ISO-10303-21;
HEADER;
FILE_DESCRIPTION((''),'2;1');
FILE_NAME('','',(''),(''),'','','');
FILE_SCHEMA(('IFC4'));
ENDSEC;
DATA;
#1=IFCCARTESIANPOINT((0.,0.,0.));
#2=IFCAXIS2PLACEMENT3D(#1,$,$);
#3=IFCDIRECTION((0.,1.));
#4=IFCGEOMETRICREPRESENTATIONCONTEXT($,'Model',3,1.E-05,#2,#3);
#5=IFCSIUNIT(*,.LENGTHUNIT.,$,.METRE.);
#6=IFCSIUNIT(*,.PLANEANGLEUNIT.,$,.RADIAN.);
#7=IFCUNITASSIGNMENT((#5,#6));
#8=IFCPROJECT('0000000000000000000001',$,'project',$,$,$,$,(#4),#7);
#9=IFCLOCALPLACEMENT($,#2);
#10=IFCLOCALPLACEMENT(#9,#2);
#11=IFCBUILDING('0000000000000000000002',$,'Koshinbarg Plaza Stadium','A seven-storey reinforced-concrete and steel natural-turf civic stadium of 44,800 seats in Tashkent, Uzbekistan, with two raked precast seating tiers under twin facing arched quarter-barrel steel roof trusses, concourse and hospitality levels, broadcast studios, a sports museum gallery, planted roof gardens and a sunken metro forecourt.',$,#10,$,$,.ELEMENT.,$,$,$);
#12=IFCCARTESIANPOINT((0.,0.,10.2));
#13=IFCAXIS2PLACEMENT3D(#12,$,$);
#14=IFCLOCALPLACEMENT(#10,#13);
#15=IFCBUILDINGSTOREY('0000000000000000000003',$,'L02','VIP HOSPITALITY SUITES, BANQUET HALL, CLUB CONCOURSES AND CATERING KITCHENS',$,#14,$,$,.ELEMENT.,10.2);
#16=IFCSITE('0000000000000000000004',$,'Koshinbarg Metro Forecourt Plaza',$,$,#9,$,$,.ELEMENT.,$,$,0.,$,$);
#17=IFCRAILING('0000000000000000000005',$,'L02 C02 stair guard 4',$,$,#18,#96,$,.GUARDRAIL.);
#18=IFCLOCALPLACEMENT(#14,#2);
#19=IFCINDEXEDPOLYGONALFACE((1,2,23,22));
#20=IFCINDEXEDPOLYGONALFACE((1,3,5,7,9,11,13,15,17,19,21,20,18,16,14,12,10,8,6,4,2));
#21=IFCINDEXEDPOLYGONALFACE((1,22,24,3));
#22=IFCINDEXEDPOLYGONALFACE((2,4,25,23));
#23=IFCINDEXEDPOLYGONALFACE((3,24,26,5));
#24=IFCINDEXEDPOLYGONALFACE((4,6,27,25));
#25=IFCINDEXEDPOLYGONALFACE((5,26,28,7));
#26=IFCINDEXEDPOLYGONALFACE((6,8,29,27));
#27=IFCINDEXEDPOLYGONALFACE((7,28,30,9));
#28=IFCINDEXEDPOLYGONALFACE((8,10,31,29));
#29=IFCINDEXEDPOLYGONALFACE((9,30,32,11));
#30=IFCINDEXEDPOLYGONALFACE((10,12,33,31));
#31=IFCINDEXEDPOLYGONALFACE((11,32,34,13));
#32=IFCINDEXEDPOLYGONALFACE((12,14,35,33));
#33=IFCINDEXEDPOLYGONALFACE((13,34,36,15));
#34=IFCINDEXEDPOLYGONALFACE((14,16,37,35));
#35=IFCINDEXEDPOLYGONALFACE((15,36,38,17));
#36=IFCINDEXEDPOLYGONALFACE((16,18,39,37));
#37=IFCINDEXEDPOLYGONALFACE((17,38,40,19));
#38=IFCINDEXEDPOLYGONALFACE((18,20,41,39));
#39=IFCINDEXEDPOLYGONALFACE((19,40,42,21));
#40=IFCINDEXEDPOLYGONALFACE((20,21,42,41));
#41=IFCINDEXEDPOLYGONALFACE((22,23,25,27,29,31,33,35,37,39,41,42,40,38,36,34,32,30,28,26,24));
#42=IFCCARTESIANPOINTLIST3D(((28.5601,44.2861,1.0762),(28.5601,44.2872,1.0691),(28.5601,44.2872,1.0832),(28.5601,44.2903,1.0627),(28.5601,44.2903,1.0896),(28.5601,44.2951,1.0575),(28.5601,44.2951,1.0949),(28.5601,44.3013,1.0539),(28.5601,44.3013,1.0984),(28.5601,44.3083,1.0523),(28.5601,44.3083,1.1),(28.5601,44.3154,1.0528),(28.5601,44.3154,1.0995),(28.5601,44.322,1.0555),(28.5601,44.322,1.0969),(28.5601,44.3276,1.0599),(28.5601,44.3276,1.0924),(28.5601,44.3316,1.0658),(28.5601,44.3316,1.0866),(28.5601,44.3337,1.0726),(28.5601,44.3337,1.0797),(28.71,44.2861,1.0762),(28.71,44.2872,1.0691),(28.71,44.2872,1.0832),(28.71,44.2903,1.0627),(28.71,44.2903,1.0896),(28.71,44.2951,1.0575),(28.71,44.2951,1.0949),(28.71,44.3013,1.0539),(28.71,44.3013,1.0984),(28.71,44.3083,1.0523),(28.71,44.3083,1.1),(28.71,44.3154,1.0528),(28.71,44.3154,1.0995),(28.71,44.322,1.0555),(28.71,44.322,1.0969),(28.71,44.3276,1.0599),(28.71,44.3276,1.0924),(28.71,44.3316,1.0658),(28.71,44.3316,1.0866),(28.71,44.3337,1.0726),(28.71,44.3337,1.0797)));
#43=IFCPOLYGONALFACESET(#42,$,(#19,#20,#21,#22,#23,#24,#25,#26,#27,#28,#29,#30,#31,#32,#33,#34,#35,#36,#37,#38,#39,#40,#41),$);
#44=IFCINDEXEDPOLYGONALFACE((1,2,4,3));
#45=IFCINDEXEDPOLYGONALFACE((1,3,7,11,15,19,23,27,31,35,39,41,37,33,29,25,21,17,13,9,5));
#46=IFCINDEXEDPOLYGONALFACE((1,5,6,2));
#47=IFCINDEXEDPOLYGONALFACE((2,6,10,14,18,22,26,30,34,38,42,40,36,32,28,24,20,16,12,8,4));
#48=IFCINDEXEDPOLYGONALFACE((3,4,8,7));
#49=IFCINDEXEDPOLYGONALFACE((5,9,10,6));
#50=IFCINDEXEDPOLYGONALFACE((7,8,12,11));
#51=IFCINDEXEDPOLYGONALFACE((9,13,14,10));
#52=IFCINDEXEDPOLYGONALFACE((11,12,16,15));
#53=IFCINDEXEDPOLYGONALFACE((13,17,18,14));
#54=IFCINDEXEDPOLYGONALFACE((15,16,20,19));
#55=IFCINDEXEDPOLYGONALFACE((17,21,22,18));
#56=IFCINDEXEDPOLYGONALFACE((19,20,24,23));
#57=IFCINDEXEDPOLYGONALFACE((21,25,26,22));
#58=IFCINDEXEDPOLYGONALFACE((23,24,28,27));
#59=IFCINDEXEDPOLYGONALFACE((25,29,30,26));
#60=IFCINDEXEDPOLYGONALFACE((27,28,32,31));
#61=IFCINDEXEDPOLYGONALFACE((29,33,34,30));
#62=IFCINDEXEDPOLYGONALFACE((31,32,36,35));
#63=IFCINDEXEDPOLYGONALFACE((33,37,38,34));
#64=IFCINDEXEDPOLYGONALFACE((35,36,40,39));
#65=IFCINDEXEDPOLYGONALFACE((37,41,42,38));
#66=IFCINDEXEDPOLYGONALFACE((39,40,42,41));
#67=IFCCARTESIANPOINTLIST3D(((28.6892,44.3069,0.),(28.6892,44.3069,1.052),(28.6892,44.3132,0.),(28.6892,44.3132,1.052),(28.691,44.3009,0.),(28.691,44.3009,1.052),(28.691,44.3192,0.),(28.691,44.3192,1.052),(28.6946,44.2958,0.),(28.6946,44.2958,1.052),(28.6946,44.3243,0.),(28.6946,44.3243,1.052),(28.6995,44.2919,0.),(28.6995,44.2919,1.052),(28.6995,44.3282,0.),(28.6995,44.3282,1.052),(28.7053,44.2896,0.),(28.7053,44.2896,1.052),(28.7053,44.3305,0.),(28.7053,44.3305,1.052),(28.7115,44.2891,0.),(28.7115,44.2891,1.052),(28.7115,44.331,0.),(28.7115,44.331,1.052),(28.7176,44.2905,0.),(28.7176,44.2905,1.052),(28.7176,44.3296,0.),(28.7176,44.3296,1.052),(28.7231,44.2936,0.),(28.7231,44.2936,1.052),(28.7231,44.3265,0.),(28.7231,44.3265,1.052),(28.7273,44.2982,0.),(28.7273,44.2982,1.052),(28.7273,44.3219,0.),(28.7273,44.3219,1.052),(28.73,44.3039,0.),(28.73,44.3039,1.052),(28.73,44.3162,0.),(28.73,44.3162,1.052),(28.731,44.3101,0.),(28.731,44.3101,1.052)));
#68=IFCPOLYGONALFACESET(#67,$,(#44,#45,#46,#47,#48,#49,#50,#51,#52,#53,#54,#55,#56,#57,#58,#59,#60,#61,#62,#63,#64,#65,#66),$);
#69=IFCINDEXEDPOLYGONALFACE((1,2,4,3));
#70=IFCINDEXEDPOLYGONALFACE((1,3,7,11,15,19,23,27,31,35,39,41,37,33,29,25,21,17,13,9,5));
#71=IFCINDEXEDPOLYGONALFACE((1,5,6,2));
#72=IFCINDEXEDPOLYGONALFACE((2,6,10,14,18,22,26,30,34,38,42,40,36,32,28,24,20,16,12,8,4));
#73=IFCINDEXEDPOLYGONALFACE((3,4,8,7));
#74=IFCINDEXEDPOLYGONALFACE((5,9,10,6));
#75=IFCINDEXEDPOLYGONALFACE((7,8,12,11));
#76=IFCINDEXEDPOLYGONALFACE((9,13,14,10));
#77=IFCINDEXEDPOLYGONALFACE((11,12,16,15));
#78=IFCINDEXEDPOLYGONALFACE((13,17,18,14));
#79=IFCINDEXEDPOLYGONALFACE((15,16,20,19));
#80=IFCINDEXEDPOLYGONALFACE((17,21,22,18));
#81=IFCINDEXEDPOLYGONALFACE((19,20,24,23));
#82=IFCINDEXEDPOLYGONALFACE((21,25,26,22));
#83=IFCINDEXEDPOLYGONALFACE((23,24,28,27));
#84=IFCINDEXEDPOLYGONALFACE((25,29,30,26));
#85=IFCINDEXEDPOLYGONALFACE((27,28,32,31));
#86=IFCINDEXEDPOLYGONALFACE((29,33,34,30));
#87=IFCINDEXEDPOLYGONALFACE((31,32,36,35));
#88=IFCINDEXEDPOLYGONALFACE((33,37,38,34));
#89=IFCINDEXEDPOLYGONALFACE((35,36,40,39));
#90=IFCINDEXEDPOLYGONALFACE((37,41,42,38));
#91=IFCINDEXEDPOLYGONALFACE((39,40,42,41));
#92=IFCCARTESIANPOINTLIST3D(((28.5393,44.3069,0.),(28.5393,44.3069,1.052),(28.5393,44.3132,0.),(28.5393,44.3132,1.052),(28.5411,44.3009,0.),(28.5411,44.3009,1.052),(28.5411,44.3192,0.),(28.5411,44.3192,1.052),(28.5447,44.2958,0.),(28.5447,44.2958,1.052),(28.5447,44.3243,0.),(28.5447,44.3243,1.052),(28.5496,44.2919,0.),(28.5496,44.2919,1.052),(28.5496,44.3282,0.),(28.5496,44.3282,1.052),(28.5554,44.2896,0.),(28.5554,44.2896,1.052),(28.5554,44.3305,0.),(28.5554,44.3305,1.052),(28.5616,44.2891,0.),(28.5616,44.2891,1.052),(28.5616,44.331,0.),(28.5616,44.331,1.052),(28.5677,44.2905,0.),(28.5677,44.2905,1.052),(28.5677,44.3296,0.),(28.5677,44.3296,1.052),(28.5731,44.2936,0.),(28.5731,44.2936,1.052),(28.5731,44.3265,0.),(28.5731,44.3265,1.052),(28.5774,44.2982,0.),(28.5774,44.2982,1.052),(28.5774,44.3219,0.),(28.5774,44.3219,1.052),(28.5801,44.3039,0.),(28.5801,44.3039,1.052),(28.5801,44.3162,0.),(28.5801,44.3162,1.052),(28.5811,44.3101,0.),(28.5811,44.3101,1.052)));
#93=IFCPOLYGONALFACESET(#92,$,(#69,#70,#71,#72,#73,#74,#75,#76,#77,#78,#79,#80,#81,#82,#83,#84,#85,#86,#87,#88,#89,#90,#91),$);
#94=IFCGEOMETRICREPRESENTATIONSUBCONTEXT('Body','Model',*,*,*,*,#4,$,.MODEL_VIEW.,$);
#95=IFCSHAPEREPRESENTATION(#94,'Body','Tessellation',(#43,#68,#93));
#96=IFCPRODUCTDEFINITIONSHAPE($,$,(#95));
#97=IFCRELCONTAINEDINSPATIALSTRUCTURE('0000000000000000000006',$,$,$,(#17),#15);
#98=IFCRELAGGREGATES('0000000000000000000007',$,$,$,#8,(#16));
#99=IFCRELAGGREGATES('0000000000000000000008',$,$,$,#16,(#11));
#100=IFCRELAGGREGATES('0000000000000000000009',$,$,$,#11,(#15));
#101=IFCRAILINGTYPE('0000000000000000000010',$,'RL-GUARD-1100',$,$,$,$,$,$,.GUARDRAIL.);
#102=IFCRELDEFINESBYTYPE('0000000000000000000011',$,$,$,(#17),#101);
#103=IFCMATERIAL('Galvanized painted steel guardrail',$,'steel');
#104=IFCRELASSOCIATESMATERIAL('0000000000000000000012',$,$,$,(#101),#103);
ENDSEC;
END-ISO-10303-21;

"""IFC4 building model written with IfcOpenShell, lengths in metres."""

from ifc_helpers import new_model, si_unit, direction, frame, origin, origin_2d, place, context, subcontext, project, spatial, circle, extrude, material, type_object, element, save


model = new_model("IFC4")

# Units and contexts
model_context = context("Model", 3, precision=1e-05, world=origin(), true_north=direction((0.0, 1.0)))
body_context = subcontext(model_context, "Body", "Model", "MODEL_VIEW")
ifc_project = project(units=[si_unit("LENGTHUNIT", "METRE"), si_unit("PLANEANGLEUNIT", "RADIAN")], contexts=[model_context])

# Site, building, storey
site_placement = place(None, origin())
site = spatial("IfcSite", under=ifc_project, at=site_placement, Name="Koshinbarg Metro Forecourt Plaza", CompositionType="ELEMENT", RefElevation=0.0)
building_placement = place(site_placement, origin())
building = spatial("IfcBuilding", under=site, at=building_placement, Name="Koshinbarg Plaza Stadium", Description="A seven-storey reinforced-concrete and steel natural-turf civic stadium of 44,800 seats in Tashkent, Uzbekistan, with two raked precast seating tiers under twin facing arched quarter-barrel steel roof trusses, concourse and hospitality levels, broadcast studios, a sports museum gallery, planted roof gardens and a sunken metro forecourt.", CompositionType="ELEMENT")
storey_placement = place(building_placement, frame((0.0, 0.0, 10.2)))
storey = spatial("IfcBuildingStorey", under=building, at=storey_placement, Name="L02", Description="VIP HOSPITALITY SUITES, BANQUET HALL, CLUB CONCOURSES AND CATERING KITCHENS", CompositionType="ELEMENT", Elevation=10.2)

# Railing
ifc_material_1 = material(Name="Galvanized painted steel guardrail", Category="steel")
railing_type_1 = type_object("IfcRailingType", Name="RL-GUARD-1100", PredefinedType="GUARDRAIL", material=ifc_material_1)
railing_1_placement = place(storey_placement, frame((28.71, 44.3101, 0.0)))
element("IfcRailing", 1, at=railing_1_placement, inside=storey, type_object=railing_type_1, Name="L02 C02 stair guard 4", PredefinedType="GUARDRAIL", context=body_context, shape_type="SweptSolid", body=[
    extrude(circle(Radius=0.0239, at=origin_2d()), frame((0.0, 0.0, 1.0762), z_axis=(-1.0, 0.0, 0.0), x_axis=(0.0, -1.0, 0.0)), (0.0, 0.0, 1.0), 0.1499),
    extrude(circle(Radius=0.021, at=origin_2d()), origin(), (0.0, 0.0, 1.0), 1.052),
    extrude(circle(Radius=0.021, at=origin_2d()), frame((-0.1499, 0.0, 0.0)), (0.0, 0.0, 1.0), 1.052),
])

save(model, "model.ifc")
